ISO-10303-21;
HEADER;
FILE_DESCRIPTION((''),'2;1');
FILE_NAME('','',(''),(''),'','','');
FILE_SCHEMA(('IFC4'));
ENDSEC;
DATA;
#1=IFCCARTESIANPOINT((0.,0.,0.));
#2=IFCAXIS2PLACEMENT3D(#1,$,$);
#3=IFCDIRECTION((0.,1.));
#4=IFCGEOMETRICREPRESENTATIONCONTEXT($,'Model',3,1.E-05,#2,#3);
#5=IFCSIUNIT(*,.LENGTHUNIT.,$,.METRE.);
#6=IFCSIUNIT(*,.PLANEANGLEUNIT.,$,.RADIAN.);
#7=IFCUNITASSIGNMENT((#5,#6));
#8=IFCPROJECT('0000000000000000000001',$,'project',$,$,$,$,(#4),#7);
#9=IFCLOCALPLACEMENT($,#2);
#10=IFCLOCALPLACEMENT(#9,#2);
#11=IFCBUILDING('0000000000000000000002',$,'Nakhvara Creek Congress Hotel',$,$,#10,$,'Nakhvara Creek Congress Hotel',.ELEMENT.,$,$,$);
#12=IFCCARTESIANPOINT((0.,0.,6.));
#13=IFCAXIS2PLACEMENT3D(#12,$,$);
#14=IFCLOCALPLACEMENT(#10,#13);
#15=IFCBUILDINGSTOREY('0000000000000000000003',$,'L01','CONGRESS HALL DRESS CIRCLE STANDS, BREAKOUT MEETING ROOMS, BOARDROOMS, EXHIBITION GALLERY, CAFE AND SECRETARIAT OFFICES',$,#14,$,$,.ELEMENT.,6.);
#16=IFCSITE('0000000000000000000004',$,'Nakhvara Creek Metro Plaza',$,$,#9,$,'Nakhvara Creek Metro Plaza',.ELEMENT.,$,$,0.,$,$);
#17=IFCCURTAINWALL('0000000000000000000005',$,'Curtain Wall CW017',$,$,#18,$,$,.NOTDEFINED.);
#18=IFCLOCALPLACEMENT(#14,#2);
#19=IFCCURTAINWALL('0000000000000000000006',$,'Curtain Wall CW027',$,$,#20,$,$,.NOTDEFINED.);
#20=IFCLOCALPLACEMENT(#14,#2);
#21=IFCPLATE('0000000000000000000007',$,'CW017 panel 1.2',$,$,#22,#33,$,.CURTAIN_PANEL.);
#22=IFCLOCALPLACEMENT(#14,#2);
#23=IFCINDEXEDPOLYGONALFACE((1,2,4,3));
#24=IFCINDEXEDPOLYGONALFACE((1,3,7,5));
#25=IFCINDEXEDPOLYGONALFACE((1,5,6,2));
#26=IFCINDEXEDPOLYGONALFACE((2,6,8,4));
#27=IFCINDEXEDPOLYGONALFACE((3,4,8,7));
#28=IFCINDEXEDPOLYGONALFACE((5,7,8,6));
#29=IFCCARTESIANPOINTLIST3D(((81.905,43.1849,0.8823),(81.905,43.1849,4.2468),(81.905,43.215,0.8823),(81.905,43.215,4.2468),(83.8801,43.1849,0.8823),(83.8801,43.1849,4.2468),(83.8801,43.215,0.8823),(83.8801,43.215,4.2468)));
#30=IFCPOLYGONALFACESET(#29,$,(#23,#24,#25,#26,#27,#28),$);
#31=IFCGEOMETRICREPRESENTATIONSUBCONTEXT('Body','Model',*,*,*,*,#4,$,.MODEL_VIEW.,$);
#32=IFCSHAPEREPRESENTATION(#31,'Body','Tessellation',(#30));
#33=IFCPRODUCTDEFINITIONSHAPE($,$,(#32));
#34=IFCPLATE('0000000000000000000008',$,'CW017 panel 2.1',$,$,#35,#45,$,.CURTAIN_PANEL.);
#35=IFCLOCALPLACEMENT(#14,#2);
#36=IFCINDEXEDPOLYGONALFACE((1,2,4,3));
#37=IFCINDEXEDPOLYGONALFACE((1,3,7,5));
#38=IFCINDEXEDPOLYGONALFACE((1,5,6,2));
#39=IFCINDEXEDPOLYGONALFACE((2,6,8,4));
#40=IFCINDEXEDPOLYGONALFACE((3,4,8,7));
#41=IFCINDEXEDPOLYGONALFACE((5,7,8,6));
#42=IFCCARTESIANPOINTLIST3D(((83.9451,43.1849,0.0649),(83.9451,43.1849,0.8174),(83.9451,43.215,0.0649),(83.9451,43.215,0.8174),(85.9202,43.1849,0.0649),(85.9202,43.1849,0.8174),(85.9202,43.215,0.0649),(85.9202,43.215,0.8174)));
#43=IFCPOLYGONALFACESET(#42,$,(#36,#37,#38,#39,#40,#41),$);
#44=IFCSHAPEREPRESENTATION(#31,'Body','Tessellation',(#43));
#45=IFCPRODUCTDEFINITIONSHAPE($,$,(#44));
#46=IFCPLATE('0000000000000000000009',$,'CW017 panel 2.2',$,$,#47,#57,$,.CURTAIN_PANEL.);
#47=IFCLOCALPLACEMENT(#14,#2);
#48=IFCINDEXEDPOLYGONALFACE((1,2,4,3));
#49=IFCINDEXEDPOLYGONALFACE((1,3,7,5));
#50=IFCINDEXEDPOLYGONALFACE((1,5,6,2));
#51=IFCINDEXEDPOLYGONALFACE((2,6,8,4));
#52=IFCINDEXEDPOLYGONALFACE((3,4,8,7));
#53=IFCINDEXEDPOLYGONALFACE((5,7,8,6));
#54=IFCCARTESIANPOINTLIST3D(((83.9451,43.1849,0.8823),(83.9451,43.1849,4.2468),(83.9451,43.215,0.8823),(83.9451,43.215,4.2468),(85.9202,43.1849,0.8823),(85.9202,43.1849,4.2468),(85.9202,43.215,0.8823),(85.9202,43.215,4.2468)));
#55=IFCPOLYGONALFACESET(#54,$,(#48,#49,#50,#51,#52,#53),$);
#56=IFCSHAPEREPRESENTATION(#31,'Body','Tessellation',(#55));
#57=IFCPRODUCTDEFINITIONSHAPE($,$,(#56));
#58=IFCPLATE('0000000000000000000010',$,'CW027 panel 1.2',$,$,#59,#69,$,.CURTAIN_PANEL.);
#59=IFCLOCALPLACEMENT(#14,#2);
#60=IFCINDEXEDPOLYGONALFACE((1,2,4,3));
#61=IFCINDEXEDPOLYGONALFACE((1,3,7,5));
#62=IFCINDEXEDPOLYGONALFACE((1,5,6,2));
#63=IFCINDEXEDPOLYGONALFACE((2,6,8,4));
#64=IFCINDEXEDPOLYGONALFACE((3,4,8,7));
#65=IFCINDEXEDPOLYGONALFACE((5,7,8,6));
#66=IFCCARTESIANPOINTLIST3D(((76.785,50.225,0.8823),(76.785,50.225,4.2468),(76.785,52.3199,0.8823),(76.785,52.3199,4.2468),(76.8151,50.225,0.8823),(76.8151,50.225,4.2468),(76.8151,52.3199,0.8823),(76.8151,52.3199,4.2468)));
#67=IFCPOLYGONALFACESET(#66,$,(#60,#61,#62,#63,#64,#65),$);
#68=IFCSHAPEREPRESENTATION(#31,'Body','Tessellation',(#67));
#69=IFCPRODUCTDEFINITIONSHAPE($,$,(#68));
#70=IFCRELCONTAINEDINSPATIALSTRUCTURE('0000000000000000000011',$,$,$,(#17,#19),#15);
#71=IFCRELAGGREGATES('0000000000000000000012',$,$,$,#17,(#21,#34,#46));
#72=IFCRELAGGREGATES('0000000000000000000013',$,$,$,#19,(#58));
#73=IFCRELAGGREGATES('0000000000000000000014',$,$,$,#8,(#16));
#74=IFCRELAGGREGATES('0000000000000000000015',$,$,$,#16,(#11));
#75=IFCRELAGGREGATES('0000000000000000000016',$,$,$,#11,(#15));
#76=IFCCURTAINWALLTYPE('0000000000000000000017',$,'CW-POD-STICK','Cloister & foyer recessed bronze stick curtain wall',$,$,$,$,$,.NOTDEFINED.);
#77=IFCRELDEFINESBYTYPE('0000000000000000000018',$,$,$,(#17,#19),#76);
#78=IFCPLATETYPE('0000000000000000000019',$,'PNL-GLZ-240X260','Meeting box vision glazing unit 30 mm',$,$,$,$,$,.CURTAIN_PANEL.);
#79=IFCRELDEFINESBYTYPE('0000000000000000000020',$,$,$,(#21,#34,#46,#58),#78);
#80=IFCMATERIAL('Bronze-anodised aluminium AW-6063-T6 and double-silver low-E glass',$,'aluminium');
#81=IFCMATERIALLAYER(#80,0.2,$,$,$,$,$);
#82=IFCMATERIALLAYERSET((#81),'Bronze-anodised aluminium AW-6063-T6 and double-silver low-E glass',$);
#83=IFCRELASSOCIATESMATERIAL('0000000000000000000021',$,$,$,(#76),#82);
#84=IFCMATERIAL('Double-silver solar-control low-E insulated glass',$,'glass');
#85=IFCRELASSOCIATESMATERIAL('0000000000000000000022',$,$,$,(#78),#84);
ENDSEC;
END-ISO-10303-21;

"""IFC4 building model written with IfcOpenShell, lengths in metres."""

from ifc_helpers import new_model, si_unit, direction, frame, origin, origin_2d, place, context, subcontext, project, spatial, rectangle, extrude, material, layer, layer_set, type_object, element, aggregate, save


model = new_model("IFC4")

# Units and contexts
model_context = context("Model", 3, precision=1e-05, world=origin(), true_north=direction((0.0, 1.0)))
body_context = subcontext(model_context, "Body", "Model", "MODEL_VIEW")
ifc_project = project(units=[si_unit("LENGTHUNIT", "METRE"), si_unit("PLANEANGLEUNIT", "RADIAN")], contexts=[model_context])

# Site, building, storey
site_placement = place(None, origin())
site = spatial("IfcSite", under=ifc_project, at=site_placement, Name="Nakhvara Creek Metro Plaza", LongName="Nakhvara Creek Metro Plaza", CompositionType="ELEMENT", RefElevation=0.0)
building_placement = place(site_placement, origin())
building = spatial("IfcBuilding", under=site, at=building_placement, Name="Nakhvara Creek Congress Hotel", LongName="Nakhvara Creek Congress Hotel", CompositionType="ELEMENT")
storey_placement = place(building_placement, frame((0.0, 0.0, 6.0)))
storey = spatial("IfcBuildingStorey", under=building, at=storey_placement, Name="L01", Description="CONGRESS HALL DRESS CIRCLE STANDS, BREAKOUT MEETING ROOMS, BOARDROOMS, EXHIBITION GALLERY, CAFE AND SECRETARIAT OFFICES", CompositionType="ELEMENT", Elevation=6.0)

# Curtain wall
ifc_material_1 = material(Name="Bronze-anodised aluminium AW-6063-T6 and double-silver low-E glass", Category="aluminium")
ifc_layer = layer(ifc_material_1, 0.2)
ifc_layer_set = layer_set([ifc_layer], Name="Bronze-anodised aluminium AW-6063-T6 and double-silver low-E glass")
curtain_wall_type = type_object("IfcCurtainWallType", Name="CW-POD-STICK", Description="Cloister & foyer recessed bronze stick curtain wall", PredefinedType="NOTDEFINED", material=ifc_layer_set)
curtain_wall_1_placement = place(storey_placement, origin())
curtain_wall_1 = element("IfcCurtainWall", 1, at=curtain_wall_1_placement, inside=storey, type_object=curtain_wall_type, Name="Curtain Wall CW017", PredefinedType="NOTDEFINED")

# Curtain wall
curtain_wall_2_placement = place(storey_placement, origin())
curtain_wall_2 = element("IfcCurtainWall", 2, at=curtain_wall_2_placement, inside=storey, type_object=curtain_wall_type, Name="Curtain Wall CW027", PredefinedType="NOTDEFINED")

# Plates
ifc_material_2 = material(Name="Double-silver solar-control low-E insulated glass", Category="glass")
plate_type = type_object("IfcPlateType", Name="PNL-GLZ-240X260", Description="Meeting box vision glazing unit 30 mm", PredefinedType="CURTAIN_PANEL", material=ifc_material_2)
plate_1_placement = place(storey_placement, frame((82.8926, 43.2, 0.8823), z_axis=(0.0, 0.0, 1.0), x_axis=(1.0, 0.0, 0.0)))
plate_1 = element("IfcPlate", 3, at=plate_1_placement, type_object=plate_type, Name="CW017 panel 1.2", PredefinedType="CURTAIN_PANEL", context=body_context, shape_type="SweptSolid", body=[
    extrude(rectangle(XDim=1.9751, YDim=0.03, at=origin_2d()), origin(), (0.0, 0.0, 1.0), 3.3645),
])
plate_2_placement = place(storey_placement, frame((84.9326, 43.2, 0.0649), z_axis=(0.0, 0.0, 1.0), x_axis=(1.0, 0.0, 0.0)))
plate_2 = element("IfcPlate", 4, at=plate_2_placement, type_object=plate_type, Name="CW017 panel 2.1", PredefinedType="CURTAIN_PANEL", context=body_context, shape_type="SweptSolid", body=[
    extrude(rectangle(XDim=1.9751, YDim=0.03, at=origin_2d()), origin(), (0.0, 0.0, 1.0), 0.7524),
])
plate_3_placement = place(storey_placement, frame((84.9326, 43.2, 0.8823), z_axis=(0.0, 0.0, 1.0), x_axis=(1.0, 0.0, 0.0)))
plate_3 = element("IfcPlate", 5, at=plate_3_placement, type_object=plate_type, Name="CW017 panel 2.2", PredefinedType="CURTAIN_PANEL", context=body_context, shape_type="SweptSolid", body=[
    extrude(rectangle(XDim=1.9751, YDim=0.03, at=origin_2d()), origin(), (0.0, 0.0, 1.0), 3.3645),
])
aggregate(curtain_wall_1, [plate_1, plate_2, plate_3])
plate_4_placement = place(storey_placement, frame((76.8, 51.2725, 0.8823), z_axis=(0.0, 0.0, 1.0), x_axis=(0.0, -1.0, 0.0)))
plate_4 = element("IfcPlate", 6, at=plate_4_placement, type_object=plate_type, Name="CW027 panel 1.2", PredefinedType="CURTAIN_PANEL", context=body_context, shape_type="SweptSolid", body=[
    extrude(rectangle(XDim=2.095, YDim=0.03, at=origin_2d()), origin(), (0.0, 0.0, 1.0), 3.3645),
])
aggregate(curtain_wall_2, [plate_4])

save(model, "model.ifc")
